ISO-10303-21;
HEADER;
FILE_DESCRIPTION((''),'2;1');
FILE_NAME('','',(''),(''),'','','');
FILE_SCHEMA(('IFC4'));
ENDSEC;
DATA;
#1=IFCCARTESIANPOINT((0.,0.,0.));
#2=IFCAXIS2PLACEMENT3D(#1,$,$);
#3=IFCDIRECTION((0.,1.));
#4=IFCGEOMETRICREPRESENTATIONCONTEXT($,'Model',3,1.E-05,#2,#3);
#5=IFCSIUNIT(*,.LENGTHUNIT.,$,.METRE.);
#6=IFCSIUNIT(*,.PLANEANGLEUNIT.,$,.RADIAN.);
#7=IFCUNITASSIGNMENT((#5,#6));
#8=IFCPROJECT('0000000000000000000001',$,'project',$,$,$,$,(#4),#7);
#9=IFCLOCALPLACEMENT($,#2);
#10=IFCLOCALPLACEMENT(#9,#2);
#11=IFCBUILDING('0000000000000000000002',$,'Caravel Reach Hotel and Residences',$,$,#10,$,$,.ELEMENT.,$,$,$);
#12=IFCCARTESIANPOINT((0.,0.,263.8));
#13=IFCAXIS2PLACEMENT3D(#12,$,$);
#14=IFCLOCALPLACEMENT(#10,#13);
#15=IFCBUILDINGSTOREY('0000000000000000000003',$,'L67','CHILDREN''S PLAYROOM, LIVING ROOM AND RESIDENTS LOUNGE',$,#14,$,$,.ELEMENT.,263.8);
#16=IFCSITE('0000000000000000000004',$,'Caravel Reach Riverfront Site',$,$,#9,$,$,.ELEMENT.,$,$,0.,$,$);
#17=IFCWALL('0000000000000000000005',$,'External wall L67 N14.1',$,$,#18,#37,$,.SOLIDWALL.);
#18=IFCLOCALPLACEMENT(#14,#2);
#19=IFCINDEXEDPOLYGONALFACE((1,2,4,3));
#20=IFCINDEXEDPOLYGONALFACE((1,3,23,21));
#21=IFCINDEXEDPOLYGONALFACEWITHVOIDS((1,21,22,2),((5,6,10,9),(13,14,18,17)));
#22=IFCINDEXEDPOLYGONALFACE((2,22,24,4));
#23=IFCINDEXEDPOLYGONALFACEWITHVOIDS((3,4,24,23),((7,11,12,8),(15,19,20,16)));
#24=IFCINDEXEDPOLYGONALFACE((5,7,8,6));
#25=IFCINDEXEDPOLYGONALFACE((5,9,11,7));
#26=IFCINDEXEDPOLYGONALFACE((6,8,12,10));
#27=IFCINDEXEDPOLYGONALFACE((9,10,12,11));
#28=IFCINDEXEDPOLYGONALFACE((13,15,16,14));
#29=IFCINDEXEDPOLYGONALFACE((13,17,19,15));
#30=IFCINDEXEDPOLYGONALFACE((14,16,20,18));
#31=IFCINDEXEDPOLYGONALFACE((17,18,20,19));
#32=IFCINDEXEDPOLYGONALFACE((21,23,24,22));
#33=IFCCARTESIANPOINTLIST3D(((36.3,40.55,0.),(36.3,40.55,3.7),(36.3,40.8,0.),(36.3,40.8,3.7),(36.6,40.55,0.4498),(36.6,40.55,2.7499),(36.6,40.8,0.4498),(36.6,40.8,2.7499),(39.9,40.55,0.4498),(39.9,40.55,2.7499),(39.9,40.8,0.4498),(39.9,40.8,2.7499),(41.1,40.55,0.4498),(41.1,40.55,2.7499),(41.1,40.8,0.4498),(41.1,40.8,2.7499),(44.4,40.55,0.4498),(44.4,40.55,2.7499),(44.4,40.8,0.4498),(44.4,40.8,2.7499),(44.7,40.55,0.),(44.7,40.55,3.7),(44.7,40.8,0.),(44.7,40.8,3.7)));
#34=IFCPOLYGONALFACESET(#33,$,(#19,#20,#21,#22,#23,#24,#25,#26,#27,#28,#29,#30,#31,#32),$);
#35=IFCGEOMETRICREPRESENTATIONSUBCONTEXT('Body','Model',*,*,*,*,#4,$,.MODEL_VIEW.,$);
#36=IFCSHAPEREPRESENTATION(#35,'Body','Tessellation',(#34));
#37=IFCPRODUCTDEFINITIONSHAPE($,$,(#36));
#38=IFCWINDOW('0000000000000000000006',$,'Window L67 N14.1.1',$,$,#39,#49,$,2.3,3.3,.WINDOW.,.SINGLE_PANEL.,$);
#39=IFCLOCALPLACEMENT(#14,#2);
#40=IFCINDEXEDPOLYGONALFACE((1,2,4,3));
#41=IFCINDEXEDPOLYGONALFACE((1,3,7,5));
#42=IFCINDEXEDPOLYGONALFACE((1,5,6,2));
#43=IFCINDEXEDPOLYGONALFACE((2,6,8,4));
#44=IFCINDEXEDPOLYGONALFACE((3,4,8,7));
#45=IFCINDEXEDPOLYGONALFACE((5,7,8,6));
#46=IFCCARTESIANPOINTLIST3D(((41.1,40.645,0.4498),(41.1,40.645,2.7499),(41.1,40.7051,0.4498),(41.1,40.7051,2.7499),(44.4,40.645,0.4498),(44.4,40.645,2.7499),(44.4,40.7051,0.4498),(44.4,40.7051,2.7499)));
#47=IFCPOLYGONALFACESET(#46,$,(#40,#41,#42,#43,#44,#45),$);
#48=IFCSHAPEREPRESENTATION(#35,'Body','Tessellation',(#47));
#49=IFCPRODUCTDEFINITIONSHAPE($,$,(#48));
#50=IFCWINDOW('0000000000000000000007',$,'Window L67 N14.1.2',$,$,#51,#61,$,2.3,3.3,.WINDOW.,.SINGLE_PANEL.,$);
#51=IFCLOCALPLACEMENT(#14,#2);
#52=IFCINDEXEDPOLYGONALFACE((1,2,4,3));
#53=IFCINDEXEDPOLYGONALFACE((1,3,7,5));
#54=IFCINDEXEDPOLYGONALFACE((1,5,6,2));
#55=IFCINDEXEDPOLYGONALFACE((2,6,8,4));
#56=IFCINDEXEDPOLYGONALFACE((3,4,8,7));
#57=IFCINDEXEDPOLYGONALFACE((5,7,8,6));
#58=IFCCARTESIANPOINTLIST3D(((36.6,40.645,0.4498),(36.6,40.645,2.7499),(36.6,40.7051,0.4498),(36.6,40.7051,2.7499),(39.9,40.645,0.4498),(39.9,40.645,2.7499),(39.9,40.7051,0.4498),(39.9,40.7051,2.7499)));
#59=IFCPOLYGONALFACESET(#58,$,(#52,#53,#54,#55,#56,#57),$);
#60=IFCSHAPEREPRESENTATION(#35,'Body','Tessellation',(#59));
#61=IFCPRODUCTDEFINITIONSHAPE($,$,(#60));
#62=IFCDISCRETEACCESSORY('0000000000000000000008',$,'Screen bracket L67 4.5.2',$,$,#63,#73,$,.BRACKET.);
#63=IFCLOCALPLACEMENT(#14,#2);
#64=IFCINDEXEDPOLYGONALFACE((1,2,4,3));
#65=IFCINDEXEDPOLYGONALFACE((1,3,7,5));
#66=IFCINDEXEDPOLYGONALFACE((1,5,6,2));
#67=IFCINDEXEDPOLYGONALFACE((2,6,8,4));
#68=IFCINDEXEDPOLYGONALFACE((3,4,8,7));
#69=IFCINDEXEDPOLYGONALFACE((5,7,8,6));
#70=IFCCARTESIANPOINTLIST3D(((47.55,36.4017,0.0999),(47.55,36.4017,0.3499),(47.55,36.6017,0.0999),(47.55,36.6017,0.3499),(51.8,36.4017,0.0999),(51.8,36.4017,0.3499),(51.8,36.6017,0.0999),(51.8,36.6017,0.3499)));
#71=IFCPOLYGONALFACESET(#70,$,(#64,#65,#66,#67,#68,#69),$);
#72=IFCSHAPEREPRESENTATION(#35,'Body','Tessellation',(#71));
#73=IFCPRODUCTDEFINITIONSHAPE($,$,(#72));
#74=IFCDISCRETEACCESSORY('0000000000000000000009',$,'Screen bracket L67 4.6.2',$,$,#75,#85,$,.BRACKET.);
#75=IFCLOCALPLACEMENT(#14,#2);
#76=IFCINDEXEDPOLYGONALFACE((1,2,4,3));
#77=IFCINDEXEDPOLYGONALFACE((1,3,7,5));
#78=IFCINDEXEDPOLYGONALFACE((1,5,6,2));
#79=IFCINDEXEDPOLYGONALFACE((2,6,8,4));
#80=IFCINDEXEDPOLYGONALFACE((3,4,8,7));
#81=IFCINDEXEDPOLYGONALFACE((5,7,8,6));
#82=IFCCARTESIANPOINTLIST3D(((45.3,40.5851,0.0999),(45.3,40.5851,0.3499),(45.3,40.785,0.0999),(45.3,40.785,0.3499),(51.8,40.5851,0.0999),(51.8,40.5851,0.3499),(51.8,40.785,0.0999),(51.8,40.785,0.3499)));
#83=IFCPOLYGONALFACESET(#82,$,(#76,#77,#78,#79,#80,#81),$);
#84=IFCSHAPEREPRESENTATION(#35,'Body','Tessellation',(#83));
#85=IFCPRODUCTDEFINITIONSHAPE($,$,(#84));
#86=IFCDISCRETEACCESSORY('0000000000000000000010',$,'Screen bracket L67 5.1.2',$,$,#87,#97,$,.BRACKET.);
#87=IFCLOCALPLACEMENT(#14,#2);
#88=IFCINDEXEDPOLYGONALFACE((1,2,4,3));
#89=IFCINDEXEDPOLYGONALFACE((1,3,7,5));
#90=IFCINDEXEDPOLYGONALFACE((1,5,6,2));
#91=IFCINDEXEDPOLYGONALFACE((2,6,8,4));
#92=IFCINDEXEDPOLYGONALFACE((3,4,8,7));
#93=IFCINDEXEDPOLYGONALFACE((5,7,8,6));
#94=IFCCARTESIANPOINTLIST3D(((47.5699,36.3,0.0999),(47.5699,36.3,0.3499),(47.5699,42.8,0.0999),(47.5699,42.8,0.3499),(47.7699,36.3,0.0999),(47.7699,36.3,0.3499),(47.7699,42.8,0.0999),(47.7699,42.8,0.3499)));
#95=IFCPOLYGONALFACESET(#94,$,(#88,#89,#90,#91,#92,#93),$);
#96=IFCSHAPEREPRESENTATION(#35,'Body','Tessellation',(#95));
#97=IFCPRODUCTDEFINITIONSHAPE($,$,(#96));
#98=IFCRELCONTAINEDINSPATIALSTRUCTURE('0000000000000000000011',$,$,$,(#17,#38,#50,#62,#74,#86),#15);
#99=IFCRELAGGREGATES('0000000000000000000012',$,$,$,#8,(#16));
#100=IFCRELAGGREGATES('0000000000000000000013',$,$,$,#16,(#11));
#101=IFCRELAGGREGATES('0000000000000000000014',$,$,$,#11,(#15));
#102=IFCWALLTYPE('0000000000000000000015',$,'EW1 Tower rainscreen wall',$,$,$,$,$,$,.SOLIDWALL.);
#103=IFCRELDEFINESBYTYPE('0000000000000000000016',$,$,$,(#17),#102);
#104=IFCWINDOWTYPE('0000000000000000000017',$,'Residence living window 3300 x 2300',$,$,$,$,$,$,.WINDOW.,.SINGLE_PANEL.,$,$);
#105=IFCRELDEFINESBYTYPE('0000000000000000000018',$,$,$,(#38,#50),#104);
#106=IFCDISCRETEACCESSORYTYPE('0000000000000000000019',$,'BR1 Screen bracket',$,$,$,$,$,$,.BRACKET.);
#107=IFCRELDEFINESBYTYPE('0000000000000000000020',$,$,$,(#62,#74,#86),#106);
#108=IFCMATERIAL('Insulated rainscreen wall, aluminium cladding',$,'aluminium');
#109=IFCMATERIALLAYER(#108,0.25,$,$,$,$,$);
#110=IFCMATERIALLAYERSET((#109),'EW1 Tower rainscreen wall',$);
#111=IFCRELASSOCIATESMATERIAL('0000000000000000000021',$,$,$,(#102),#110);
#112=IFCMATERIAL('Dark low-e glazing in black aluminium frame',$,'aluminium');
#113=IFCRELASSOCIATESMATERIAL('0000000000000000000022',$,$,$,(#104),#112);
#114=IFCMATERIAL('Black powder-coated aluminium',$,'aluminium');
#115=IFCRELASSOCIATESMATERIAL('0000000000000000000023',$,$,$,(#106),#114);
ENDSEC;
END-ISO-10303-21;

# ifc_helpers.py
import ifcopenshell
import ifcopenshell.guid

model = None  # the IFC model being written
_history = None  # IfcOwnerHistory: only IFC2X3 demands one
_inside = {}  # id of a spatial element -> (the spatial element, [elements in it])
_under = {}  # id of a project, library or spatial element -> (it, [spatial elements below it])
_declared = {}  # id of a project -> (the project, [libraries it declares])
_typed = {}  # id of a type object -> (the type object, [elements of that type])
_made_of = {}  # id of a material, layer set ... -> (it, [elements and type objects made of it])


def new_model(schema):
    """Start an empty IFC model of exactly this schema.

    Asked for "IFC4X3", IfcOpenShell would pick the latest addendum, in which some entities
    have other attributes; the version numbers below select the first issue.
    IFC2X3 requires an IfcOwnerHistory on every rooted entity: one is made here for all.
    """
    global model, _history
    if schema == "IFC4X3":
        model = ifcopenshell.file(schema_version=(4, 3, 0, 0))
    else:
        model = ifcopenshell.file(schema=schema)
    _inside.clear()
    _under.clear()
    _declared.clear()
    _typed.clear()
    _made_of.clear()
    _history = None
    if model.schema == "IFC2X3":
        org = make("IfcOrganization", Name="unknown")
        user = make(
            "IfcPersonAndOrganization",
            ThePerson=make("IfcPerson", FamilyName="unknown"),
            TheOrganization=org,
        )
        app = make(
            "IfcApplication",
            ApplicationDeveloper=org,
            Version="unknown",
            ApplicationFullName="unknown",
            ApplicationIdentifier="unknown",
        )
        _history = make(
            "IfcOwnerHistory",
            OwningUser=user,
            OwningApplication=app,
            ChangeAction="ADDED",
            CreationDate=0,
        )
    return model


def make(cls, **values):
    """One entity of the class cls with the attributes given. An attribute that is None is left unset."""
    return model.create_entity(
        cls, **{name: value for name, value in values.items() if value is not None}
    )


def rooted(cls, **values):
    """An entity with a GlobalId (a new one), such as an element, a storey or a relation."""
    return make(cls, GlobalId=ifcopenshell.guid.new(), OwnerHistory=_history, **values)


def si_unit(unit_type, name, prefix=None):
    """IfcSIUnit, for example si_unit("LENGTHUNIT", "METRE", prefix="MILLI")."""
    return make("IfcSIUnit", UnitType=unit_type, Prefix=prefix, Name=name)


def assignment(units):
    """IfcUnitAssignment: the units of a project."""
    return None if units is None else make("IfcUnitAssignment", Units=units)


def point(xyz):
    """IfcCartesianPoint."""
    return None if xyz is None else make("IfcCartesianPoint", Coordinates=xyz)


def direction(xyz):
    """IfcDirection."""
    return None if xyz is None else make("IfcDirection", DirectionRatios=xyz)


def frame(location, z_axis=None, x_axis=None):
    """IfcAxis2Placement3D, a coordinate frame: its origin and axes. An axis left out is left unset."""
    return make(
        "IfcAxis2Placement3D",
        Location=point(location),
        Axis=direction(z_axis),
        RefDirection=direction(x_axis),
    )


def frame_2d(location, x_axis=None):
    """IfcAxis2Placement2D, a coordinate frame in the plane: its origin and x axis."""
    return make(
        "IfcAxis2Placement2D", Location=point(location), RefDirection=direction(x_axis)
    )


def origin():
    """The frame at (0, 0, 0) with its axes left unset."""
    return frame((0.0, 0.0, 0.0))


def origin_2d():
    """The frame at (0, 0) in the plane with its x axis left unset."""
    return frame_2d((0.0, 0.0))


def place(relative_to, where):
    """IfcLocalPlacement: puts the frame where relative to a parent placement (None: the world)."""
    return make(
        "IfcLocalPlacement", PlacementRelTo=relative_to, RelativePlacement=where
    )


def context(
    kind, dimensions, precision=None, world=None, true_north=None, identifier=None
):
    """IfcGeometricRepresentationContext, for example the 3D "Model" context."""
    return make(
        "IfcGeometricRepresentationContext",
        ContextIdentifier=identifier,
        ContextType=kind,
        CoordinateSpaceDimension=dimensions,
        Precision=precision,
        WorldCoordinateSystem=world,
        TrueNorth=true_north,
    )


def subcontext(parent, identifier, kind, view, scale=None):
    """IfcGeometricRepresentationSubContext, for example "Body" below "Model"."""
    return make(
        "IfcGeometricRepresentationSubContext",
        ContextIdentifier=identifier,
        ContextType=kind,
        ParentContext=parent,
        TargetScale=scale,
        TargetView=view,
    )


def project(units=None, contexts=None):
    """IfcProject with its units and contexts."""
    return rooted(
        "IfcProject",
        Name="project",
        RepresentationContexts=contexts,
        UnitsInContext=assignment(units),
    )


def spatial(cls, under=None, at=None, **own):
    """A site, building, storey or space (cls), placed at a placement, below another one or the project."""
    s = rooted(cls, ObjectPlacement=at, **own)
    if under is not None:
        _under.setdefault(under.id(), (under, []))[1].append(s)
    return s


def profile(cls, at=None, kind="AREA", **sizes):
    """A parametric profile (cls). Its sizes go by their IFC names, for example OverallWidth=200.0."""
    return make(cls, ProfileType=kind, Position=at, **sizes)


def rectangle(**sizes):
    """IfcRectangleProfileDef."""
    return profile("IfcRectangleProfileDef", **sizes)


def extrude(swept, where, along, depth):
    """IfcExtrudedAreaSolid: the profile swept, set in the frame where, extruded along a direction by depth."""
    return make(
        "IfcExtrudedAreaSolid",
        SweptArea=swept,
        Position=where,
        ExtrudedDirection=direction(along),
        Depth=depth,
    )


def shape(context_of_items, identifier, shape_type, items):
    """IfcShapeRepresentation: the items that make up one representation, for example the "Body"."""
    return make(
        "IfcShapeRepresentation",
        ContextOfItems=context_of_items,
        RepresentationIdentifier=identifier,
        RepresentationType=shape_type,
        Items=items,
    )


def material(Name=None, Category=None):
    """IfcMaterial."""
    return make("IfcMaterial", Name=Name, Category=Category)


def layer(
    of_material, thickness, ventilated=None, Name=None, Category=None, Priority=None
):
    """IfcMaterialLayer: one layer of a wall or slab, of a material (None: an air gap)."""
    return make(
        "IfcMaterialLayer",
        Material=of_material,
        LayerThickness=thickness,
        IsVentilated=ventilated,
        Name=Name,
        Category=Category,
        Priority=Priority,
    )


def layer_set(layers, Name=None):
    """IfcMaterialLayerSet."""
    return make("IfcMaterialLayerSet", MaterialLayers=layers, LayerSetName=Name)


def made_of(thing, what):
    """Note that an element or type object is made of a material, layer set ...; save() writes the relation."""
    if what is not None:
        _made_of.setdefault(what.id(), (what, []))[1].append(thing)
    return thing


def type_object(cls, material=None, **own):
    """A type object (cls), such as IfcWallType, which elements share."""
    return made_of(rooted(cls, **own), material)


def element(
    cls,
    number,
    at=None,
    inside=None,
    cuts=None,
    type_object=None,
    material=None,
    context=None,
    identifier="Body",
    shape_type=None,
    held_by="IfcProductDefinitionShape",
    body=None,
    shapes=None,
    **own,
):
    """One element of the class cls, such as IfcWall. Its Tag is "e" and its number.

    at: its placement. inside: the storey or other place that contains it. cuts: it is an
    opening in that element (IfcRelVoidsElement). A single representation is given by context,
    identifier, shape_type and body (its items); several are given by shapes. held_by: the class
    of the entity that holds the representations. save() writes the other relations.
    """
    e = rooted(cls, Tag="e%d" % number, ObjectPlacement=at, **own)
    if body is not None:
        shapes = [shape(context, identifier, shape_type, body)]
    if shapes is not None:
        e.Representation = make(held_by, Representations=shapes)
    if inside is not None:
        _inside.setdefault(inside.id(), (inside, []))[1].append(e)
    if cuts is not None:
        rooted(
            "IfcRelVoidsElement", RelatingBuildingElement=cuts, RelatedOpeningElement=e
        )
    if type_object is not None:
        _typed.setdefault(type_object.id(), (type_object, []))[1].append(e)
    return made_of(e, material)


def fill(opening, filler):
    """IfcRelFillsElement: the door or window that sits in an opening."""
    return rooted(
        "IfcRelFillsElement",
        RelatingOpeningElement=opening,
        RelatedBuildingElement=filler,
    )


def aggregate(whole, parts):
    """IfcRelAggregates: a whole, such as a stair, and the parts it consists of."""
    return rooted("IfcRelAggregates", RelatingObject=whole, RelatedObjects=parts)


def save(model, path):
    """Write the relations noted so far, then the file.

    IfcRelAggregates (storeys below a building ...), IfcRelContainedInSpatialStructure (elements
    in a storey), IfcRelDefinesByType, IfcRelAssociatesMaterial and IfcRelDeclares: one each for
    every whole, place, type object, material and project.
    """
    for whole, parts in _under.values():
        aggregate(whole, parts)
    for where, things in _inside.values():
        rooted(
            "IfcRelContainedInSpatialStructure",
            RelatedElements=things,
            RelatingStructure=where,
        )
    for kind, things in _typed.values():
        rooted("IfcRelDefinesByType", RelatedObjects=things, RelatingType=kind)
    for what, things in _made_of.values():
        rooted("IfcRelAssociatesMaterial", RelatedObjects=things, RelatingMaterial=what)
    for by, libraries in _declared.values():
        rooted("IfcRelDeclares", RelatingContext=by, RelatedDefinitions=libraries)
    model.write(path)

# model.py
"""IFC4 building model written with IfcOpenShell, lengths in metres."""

from ifc_helpers import new_model, si_unit, direction, frame, frame_2d, origin, origin_2d, place, context, subcontext, project, spatial, rectangle, extrude, material, layer, layer_set, type_object, element, fill, save


model = new_model("IFC4")

# Units and contexts
model_context = context("Model", 3, precision=1e-05, world=origin(), true_north=direction((0.0, 1.0)))
body_context = subcontext(model_context, "Body", "Model", "MODEL_VIEW")
ifc_project = project(units=[si_unit("LENGTHUNIT", "METRE"), si_unit("PLANEANGLEUNIT", "RADIAN")], contexts=[model_context])

# Site, building, storey
site_placement = place(None, origin())
site = spatial("IfcSite", under=ifc_project, at=site_placement, Name="Caravel Reach Riverfront Site", CompositionType="ELEMENT", RefElevation=0.0)
building_placement = place(site_placement, origin())
building = spatial("IfcBuilding", under=site, at=building_placement, Name="Caravel Reach Hotel and Residences", CompositionType="ELEMENT")
storey_placement = place(building_placement, frame((0.0, 0.0, 263.8)))
storey = spatial("IfcBuildingStorey", under=building, at=storey_placement, Name="L67", Description="CHILDREN'S PLAYROOM, LIVING ROOM AND RESIDENTS LOUNGE", CompositionType="ELEMENT", Elevation=263.8)

# Shared definitions
ifc_material_1 = material(Name="Insulated rainscreen wall, aluminium cladding", Category="aluminium")
ifc_layer = layer(ifc_material_1, 0.25)
ifc_layer_set = layer_set([ifc_layer], Name="EW1 Tower rainscreen wall")
wall_type = type_object("IfcWallType", Name="EW1 Tower rainscreen wall", PredefinedType="SOLIDWALL", material=ifc_layer_set)

# Wall, openings, windows
wall_1_placement = place(storey_placement, frame((44.7, 40.675, 0.0), z_axis=(0.0, 0.0, 1.0), x_axis=(-1.0, 0.0, 0.0)))
wall_1 = element("IfcWall", 1, at=wall_1_placement, inside=storey, type_object=wall_type, Name="External wall L67 N14.1", PredefinedType="SOLIDWALL", context=body_context, shape_type="SweptSolid", body=[
    extrude(rectangle(XDim=8.3999, YDim=0.25, at=frame_2d((4.2, 0.0))), origin(), (0.0, 0.0, 1.0), 3.7),
])
opening_1_placement = place(wall_1_placement, frame((0.3, 0.0, 0.45)))
opening_1 = element("IfcOpeningElement", 2, at=opening_1_placement, cuts=wall_1, PredefinedType="OPENING", context=body_context, shape_type="SweptSolid", body=[
    extrude(rectangle(XDim=3.3, YDim=2.3, at=frame_2d((1.6499, 1.1499))), frame((0.0, 0.135, 0.0), z_axis=(0.0, -1.0, 0.0), x_axis=(1.0, 0.0, 0.0)), (0.0, 0.0, 1.0), 0.27),
])
opening_2_placement = place(wall_1_placement, frame((4.8, 0.0, 0.45)))
opening_2 = element("IfcOpeningElement", 3, at=opening_2_placement, cuts=wall_1, PredefinedType="OPENING", context=body_context, shape_type="SweptSolid", body=[
    extrude(rectangle(XDim=3.3, YDim=2.3, at=frame_2d((1.6499, 1.1499))), frame((0.0, 0.135, 0.0), z_axis=(0.0, -1.0, 0.0), x_axis=(1.0, 0.0, 0.0)), (0.0, 0.0, 1.0), 0.27),
])
ifc_material_2 = material(Name="Dark low-e glazing in black aluminium frame", Category="aluminium")
window_type_1 = type_object("IfcWindowType", Name="Residence living window 3300 x 2300", PartitioningType="SINGLE_PANEL", PredefinedType="WINDOW", material=ifc_material_2)
window_1_placement = place(opening_1_placement, origin())
window_1 = element("IfcWindow", 4, at=window_1_placement, inside=storey, type_object=window_type_1, Name="Window L67 N14.1.1", OverallHeight=2.3, OverallWidth=3.3, PartitioningType="SINGLE_PANEL", PredefinedType="WINDOW", context=body_context, shape_type="SweptSolid", body=[
    extrude(rectangle(XDim=3.3, YDim=2.3, at=frame_2d((1.6499, 1.1499))), frame((0.0, 0.03, 0.0), z_axis=(0.0, -1.0, 0.0), x_axis=(1.0, 0.0, 0.0)), (0.0, 0.0, 1.0), 0.0601),
])
fill(opening_1, window_1)
window_2_placement = place(opening_2_placement, origin())
window_2 = element("IfcWindow", 5, at=window_2_placement, inside=storey, type_object=window_type_1, Name="Window L67 N14.1.2", OverallHeight=2.3, OverallWidth=3.3, PartitioningType="SINGLE_PANEL", PredefinedType="WINDOW", context=body_context, shape_type="SweptSolid", body=[
    extrude(rectangle(XDim=3.3, YDim=2.3, at=frame_2d((1.6499, 1.1499))), frame((0.0, 0.03, 0.0), z_axis=(0.0, -1.0, 0.0), x_axis=(1.0, 0.0, 0.0)), (0.0, 0.0, 1.0), 0.0601),
])
fill(opening_2, window_2)

# Discrete accessories
ifc_material_3 = material(Name="Black powder-coated aluminium", Category="aluminium")
discrete_accessory_type = type_object("IfcDiscreteAccessoryType", Name="BR1 Screen bracket", PredefinedType="BRACKET", material=ifc_material_3)
discrete_accessory_placement = place(storey_placement, frame((49.675, 36.5017, 0.0999), z_axis=(0.0, 0.0, 1.0), x_axis=(1.0, 0.0, 0.0)))
element("IfcDiscreteAccessory", 6, at=discrete_accessory_placement, inside=storey, type_object=discrete_accessory_type, Name="Screen bracket L67 4.5.2", PredefinedType="BRACKET", context=body_context, shape_type="SweptSolid", body=[
    extrude(rectangle(XDim=4.25, YDim=0.2, at=origin_2d()), origin(), (0.0, 0.0, 1.0), 0.25),
])
for number, where, z_axis, x_axis, name in (
    (7, (48.55, 40.6851, 0.0999), (0.0, 0.0, 1.0), (1.0, 0.0, 0.0), "Screen bracket L67 4.6.2"),
    (8, (47.6699, 39.55, 0.0999), (0.0, 0.0, 1.0), (0.0, 1.0, 0.0), "Screen bracket L67 5.1.2"),
):
    element("IfcDiscreteAccessory", number, at=place(storey_placement, frame(where, z_axis=z_axis, x_axis=x_axis)), inside=storey, type_object=discrete_accessory_type, Name=name, PredefinedType="BRACKET", context=body_context, shape_type="SweptSolid", body=[
        extrude(rectangle(XDim=6.5, YDim=0.2, at=origin_2d()), origin(), (0.0, 0.0, 1.0), 0.25),
    ])

save(model, "model.ifc")
